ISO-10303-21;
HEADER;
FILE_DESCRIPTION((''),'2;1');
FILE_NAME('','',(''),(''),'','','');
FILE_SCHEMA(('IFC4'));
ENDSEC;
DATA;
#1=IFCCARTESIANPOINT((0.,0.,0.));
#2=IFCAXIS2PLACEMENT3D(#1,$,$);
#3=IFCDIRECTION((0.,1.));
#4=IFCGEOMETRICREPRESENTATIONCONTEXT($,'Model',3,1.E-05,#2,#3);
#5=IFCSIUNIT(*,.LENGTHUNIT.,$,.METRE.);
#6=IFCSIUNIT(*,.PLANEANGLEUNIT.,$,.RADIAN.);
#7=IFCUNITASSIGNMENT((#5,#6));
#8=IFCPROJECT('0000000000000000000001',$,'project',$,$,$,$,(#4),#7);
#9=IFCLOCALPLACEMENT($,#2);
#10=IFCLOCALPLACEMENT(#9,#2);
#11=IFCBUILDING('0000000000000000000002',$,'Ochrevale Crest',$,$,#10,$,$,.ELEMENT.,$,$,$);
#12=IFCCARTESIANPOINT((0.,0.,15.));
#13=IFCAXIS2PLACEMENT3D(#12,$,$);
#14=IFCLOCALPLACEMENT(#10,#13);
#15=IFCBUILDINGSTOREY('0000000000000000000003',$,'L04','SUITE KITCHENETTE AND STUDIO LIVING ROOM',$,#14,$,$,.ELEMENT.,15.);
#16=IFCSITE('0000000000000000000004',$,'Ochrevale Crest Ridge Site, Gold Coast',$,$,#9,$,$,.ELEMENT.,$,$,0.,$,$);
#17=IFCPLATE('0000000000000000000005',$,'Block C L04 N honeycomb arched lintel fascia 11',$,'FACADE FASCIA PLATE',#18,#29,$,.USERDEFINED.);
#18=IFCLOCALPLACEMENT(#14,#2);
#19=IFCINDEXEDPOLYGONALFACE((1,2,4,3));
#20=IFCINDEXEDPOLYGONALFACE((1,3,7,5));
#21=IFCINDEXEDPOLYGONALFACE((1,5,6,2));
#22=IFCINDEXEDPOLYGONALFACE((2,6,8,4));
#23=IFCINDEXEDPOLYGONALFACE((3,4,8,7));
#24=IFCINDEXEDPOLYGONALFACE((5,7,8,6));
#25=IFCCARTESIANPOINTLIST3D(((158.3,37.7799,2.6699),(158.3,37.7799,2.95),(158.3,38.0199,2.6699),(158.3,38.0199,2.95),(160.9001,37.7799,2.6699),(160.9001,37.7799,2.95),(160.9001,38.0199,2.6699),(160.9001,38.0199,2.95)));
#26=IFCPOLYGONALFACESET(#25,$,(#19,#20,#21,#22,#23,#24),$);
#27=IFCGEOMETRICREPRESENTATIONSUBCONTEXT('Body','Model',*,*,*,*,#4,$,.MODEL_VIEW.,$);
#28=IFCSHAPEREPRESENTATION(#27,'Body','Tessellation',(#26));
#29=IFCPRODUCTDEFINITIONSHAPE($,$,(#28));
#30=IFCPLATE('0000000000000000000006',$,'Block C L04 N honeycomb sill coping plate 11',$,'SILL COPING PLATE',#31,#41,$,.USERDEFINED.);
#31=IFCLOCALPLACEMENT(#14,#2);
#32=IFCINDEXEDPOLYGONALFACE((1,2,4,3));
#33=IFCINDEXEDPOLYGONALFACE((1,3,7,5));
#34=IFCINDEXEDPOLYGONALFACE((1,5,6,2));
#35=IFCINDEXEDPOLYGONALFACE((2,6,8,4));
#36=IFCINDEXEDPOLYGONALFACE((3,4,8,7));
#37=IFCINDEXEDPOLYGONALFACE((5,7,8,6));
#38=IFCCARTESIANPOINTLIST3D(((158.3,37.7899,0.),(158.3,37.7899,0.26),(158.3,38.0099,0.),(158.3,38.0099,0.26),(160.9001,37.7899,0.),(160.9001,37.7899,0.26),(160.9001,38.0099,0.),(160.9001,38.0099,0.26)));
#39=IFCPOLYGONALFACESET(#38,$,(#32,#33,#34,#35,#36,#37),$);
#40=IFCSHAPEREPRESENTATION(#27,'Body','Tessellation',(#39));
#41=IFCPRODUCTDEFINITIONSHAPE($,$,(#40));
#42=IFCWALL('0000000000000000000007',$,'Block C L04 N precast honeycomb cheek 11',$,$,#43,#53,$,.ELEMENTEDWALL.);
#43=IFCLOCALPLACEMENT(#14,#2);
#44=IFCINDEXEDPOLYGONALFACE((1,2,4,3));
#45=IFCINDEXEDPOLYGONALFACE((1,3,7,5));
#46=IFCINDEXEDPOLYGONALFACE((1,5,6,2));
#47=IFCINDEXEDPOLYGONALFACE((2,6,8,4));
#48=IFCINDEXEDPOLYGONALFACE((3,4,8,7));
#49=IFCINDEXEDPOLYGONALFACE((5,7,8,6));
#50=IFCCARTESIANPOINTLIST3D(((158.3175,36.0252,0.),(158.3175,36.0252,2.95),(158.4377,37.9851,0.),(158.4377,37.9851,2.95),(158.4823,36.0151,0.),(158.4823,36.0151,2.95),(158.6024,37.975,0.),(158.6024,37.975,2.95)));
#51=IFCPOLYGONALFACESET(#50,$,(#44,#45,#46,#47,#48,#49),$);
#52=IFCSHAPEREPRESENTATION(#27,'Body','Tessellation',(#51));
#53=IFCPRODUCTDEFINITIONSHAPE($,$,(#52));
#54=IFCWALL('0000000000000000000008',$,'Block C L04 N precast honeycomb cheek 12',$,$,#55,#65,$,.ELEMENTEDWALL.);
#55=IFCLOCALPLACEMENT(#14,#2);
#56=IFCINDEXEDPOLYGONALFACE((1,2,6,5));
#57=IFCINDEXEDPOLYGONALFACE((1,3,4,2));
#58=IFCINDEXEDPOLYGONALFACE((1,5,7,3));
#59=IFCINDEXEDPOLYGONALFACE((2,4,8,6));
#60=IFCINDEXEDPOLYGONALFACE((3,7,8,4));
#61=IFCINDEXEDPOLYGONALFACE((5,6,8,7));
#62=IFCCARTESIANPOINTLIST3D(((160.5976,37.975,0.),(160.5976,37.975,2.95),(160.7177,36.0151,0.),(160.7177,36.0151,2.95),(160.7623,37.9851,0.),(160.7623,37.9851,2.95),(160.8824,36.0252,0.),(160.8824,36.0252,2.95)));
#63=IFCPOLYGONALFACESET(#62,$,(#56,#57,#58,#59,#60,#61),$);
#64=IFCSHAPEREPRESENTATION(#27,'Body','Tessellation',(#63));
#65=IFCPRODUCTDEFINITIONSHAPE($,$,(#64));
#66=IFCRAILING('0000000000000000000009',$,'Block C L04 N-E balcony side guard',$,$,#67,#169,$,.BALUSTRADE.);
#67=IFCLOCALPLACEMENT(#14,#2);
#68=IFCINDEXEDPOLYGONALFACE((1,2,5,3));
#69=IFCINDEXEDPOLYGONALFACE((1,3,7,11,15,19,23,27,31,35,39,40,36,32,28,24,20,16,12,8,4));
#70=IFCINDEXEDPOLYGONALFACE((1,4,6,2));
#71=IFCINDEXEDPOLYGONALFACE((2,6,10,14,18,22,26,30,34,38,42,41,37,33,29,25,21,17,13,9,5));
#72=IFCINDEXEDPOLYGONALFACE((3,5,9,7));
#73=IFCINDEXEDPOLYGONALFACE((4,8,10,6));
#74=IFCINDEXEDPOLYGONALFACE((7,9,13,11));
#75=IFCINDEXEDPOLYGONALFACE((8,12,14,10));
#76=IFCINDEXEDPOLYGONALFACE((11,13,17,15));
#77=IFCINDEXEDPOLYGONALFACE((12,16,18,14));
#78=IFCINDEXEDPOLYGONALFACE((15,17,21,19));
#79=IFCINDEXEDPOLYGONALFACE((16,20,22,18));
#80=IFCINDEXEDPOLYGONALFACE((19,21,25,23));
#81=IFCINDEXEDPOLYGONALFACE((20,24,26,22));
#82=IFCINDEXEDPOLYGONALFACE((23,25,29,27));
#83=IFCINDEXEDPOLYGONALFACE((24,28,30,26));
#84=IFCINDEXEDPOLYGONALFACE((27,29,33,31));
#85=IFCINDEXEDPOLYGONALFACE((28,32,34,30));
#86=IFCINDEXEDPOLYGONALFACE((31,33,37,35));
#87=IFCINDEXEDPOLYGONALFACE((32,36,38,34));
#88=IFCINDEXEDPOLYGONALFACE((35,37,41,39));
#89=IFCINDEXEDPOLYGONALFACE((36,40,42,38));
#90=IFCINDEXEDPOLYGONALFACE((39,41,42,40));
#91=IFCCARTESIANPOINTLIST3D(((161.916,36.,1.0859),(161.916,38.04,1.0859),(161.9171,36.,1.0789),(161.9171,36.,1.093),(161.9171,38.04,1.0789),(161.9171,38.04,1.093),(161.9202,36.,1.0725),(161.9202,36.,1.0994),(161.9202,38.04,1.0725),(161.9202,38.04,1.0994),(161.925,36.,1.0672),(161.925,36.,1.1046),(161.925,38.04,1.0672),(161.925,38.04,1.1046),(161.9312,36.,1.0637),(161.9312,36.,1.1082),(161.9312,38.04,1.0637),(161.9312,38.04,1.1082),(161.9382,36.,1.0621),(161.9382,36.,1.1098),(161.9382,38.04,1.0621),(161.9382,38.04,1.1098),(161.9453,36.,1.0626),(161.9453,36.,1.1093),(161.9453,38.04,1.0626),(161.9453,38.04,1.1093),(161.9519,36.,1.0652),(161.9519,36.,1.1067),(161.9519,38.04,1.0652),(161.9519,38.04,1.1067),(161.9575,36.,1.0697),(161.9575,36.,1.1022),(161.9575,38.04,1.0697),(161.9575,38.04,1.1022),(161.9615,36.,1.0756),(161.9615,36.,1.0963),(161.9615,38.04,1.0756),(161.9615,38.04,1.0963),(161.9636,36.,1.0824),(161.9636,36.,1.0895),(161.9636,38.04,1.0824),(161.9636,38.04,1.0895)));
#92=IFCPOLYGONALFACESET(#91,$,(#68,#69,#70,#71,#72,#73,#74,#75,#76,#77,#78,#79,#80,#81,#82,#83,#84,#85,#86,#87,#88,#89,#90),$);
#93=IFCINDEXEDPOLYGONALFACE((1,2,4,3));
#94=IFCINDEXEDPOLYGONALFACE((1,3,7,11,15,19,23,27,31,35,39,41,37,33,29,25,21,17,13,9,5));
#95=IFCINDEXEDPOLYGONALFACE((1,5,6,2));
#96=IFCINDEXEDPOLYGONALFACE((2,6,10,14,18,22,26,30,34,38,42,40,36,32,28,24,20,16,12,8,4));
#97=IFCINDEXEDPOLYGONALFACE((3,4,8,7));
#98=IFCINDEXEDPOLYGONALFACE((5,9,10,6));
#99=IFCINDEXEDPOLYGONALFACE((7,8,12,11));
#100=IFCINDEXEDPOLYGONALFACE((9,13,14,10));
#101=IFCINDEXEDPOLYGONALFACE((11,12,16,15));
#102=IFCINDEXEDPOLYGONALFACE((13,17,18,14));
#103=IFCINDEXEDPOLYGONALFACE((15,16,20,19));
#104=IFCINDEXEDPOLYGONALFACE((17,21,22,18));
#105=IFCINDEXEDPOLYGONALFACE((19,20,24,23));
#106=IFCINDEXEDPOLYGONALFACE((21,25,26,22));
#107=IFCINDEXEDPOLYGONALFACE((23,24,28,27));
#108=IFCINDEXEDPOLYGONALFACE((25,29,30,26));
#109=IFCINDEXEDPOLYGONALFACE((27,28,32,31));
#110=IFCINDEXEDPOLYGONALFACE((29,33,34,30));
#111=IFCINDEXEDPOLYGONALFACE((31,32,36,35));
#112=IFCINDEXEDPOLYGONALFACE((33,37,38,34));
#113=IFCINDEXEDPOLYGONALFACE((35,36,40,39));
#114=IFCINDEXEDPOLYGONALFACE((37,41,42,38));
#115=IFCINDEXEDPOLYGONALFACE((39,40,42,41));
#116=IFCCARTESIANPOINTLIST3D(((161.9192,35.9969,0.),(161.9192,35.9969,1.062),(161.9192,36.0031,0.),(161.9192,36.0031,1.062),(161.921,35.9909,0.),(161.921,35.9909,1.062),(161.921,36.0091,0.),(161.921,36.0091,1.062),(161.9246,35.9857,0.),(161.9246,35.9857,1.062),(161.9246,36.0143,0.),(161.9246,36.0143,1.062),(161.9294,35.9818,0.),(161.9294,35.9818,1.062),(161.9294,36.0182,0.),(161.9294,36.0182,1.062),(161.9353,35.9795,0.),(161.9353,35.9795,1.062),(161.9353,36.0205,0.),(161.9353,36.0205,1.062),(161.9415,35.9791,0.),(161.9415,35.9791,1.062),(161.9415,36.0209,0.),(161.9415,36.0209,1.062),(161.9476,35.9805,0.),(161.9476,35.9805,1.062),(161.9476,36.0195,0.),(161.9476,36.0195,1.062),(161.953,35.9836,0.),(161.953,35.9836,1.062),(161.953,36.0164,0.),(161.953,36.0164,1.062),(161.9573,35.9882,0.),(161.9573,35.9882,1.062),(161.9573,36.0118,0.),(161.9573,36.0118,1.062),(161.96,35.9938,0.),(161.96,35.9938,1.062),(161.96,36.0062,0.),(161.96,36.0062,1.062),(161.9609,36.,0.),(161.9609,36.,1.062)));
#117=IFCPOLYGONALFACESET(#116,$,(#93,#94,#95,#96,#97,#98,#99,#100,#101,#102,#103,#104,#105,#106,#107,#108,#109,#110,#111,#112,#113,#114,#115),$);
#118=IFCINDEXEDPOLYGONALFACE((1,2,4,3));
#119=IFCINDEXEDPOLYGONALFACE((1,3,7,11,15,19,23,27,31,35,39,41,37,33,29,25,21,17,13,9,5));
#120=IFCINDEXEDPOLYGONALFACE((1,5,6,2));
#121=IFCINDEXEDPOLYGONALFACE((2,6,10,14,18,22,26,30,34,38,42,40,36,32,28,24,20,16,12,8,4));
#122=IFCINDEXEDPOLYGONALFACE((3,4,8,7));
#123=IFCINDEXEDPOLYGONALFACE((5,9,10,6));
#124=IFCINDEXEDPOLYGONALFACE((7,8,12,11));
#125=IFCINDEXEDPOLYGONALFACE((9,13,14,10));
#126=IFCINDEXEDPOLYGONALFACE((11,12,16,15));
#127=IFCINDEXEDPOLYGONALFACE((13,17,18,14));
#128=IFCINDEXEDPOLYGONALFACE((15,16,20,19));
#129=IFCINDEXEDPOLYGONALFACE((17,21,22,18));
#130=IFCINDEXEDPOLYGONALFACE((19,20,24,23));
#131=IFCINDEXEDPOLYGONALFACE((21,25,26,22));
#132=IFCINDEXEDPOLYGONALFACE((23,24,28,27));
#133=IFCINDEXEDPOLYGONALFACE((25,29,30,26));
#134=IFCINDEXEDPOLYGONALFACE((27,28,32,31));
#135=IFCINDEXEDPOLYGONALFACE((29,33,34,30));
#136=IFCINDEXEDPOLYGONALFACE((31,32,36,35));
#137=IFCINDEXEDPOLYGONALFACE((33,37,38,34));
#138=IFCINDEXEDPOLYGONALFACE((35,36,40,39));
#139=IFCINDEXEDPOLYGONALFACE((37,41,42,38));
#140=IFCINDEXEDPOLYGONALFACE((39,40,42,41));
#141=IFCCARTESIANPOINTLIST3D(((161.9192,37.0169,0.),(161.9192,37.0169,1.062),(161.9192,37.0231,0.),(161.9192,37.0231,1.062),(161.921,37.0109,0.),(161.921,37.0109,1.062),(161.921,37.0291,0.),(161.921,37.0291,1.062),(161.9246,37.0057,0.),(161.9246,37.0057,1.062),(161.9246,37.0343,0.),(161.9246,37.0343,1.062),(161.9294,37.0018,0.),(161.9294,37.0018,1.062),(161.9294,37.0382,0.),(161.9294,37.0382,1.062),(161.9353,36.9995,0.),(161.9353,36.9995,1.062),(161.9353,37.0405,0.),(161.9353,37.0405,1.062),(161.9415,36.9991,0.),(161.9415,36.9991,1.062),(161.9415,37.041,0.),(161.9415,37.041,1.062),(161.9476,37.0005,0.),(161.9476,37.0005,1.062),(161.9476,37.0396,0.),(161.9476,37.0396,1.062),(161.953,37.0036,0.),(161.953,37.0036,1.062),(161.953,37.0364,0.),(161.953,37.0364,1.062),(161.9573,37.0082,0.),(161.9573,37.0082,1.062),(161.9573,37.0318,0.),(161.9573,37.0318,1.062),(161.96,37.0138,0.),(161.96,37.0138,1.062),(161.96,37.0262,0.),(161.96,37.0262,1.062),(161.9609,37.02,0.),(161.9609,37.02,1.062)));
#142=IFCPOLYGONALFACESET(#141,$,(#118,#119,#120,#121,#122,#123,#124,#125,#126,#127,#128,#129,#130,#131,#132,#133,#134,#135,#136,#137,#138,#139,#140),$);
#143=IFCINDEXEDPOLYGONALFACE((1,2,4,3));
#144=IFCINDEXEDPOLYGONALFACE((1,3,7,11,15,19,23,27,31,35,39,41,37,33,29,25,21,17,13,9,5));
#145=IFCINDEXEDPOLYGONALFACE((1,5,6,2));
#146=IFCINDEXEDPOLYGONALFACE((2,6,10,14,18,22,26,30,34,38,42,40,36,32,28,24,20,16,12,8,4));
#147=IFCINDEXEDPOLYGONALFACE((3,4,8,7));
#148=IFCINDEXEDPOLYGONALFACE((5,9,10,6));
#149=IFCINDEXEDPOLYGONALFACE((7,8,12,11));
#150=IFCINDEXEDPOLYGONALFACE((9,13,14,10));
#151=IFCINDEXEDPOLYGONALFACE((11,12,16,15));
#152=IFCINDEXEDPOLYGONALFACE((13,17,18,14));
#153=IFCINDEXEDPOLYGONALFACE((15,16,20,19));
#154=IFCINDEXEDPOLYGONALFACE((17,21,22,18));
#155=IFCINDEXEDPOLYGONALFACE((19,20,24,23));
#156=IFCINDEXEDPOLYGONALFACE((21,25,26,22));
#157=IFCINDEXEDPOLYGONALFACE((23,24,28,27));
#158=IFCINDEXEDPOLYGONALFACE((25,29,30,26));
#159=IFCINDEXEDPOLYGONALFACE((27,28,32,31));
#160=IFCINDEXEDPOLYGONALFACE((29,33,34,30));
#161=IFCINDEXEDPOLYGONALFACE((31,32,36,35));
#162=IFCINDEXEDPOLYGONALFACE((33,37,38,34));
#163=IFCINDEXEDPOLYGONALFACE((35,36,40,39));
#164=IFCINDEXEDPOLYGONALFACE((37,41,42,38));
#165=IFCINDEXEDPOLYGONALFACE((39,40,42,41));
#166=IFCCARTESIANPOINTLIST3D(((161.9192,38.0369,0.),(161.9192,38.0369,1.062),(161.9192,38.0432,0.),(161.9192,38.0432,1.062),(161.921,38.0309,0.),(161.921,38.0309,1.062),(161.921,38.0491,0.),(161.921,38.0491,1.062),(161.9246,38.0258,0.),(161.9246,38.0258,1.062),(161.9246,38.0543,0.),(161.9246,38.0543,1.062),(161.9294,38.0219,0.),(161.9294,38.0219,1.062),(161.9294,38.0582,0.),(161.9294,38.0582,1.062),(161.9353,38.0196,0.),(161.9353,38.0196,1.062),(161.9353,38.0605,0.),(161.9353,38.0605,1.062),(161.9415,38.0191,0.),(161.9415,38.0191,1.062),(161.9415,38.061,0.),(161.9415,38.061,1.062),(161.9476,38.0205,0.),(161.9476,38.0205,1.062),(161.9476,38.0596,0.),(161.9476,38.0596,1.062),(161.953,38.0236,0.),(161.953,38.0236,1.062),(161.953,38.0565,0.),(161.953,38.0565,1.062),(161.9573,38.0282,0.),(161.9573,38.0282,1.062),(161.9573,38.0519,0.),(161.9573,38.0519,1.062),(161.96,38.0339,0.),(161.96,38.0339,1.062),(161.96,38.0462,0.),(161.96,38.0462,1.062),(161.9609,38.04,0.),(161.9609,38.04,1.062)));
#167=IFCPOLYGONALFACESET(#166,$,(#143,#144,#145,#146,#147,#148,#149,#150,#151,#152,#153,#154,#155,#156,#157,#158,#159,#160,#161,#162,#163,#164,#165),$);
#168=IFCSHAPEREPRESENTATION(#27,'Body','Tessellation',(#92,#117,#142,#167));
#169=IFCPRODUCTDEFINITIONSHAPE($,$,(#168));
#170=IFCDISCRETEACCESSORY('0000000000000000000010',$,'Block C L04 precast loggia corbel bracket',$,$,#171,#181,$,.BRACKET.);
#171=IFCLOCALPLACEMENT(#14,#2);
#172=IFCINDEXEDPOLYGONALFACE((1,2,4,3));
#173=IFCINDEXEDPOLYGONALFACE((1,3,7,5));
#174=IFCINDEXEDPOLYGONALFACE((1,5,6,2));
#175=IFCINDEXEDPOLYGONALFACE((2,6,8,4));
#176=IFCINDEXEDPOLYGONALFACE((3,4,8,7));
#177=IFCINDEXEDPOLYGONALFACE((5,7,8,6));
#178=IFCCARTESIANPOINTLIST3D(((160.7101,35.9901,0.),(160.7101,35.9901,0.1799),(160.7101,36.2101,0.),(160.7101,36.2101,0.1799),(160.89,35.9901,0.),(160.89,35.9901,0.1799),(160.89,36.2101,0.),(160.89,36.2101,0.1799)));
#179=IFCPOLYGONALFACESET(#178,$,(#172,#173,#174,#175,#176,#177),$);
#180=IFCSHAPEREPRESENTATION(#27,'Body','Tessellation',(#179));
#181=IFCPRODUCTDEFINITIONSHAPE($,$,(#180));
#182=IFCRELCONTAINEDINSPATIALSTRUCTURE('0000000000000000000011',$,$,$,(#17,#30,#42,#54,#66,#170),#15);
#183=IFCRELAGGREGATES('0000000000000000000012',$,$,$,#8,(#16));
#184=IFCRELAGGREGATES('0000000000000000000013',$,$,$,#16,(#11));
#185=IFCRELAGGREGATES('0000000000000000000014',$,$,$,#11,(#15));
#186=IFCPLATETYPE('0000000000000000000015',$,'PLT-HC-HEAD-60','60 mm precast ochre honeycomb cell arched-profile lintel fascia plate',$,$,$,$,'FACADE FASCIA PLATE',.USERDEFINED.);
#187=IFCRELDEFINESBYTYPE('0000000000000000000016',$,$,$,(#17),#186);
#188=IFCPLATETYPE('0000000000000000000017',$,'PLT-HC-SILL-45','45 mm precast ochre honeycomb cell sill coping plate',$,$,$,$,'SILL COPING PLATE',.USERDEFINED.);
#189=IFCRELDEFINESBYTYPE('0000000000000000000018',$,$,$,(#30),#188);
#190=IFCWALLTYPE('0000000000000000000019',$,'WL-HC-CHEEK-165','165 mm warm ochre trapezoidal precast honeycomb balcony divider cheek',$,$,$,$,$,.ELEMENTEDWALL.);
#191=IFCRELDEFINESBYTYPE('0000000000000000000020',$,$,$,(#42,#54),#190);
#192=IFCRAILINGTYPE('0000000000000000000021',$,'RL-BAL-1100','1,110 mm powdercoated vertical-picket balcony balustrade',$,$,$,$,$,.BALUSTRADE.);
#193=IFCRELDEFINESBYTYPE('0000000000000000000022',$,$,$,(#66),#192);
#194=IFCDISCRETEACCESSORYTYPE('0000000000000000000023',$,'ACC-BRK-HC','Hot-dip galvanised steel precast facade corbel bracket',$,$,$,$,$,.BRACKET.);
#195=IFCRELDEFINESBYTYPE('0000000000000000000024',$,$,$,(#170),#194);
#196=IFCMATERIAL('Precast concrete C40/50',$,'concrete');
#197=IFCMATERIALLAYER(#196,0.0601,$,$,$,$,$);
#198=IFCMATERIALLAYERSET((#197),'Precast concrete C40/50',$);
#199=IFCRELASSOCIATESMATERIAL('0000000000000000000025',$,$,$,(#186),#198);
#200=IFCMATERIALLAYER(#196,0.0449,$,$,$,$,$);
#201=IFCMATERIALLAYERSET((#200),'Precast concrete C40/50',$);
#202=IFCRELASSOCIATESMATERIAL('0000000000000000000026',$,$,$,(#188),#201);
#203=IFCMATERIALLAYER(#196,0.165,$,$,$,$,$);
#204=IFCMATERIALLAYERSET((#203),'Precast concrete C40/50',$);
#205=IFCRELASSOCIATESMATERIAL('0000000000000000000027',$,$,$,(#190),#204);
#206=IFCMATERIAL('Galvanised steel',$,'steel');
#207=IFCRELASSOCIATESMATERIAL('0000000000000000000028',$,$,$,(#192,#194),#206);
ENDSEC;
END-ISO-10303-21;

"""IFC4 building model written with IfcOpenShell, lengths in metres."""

from ifc_helpers import new_model, si_unit, direction, frame, frame_2d, origin, origin_2d, place, context, subcontext, project, spatial, rectangle, circle, extrude, material, layer, layer_set, type_object, element, save


model = new_model("IFC4")

# Units and contexts
model_context = context("Model", 3, precision=1e-05, world=origin(), true_north=direction((0.0, 1.0)))
body_context = subcontext(model_context, "Body", "Model", "MODEL_VIEW")
ifc_project = project(units=[si_unit("LENGTHUNIT", "METRE"), si_unit("PLANEANGLEUNIT", "RADIAN")], contexts=[model_context])

# Site, building, storey
site_placement = place(None, origin())
site = spatial("IfcSite", under=ifc_project, at=site_placement, Name="Ochrevale Crest Ridge Site, Gold Coast", CompositionType="ELEMENT", RefElevation=0.0)
building_placement = place(site_placement, origin())
building = spatial("IfcBuilding", under=site, at=building_placement, Name="Ochrevale Crest", CompositionType="ELEMENT")
storey_placement = place(building_placement, frame((0.0, 0.0, 15.0)))
storey = spatial("IfcBuildingStorey", under=building, at=storey_placement, Name="L04", Description="SUITE KITCHENETTE AND STUDIO LIVING ROOM", CompositionType="ELEMENT", Elevation=15.0)

# Plates
ifc_material_1 = material(Name="Precast concrete C40/50", Category="concrete")
ifc_layer_1 = layer(ifc_material_1, 0.0601)
ifc_layer_set_1 = layer_set([ifc_layer_1], Name="Precast concrete C40/50")
plate_type_1 = type_object("IfcPlateType", Name="PLT-HC-HEAD-60", Description="60 mm precast ochre honeycomb cell arched-profile lintel fascia plate", ElementType="FACADE FASCIA PLATE", PredefinedType="USERDEFINED", material=ifc_layer_set_1)
plate_1_placement = place(storey_placement, frame((159.6001, 37.8999, 2.6699), z_axis=(0.0, 0.0, 1.0), x_axis=(1.0, 0.0, 0.0)))
element("IfcPlate", 1, at=plate_1_placement, inside=storey, type_object=plate_type_1, Name="Block C L04 N honeycomb arched lintel fascia 11", ObjectType="FACADE FASCIA PLATE", PredefinedType="USERDEFINED", context=body_context, shape_type="SweptSolid", body=[
    extrude(rectangle(XDim=2.6001, YDim=0.24, at=origin_2d()), origin(), (0.0, 0.0, 1.0), 0.28),
])
ifc_layer_2 = layer(ifc_material_1, 0.0449)
ifc_layer_set_2 = layer_set([ifc_layer_2], Name="Precast concrete C40/50")
plate_type_2 = type_object("IfcPlateType", Name="PLT-HC-SILL-45", Description="45 mm precast ochre honeycomb cell sill coping plate", ElementType="SILL COPING PLATE", PredefinedType="USERDEFINED", material=ifc_layer_set_2)
plate_2_placement = place(storey_placement, frame((159.6001, 37.8999, 0.0), z_axis=(0.0, 0.0, 1.0), x_axis=(1.0, 0.0, 0.0)))
element("IfcPlate", 2, at=plate_2_placement, inside=storey, type_object=plate_type_2, Name="Block C L04 N honeycomb sill coping plate 11", ObjectType="SILL COPING PLATE", PredefinedType="USERDEFINED", context=body_context, shape_type="SweptSolid", body=[
    extrude(rectangle(XDim=2.6001, YDim=0.22, at=origin_2d()), origin(), (0.0, 0.0, 1.0), 0.26),
])

# Walls
ifc_layer_3 = layer(ifc_material_1, 0.165)
ifc_layer_set_3 = layer_set([ifc_layer_3], Name="Precast concrete C40/50")
wall_type_1 = type_object("IfcWallType", Name="WL-HC-CHEEK-165", Description="165 mm warm ochre trapezoidal precast honeycomb balcony divider cheek", PredefinedType="ELEMENTEDWALL", material=ifc_layer_set_3)
for number, where, z_axis, x_axis, name in (
    (3, (158.3999, 36.02, 0.0), (0.0, 0.0, 1.0), (0.061171, 0.998127, 0.0), "Block C L04 N precast honeycomb cheek 11"),
    (4, (160.8, 36.02, 0.0), (0.0, 0.0, 1.0), (-0.061171, 0.998127, 0.0), "Block C L04 N precast honeycomb cheek 12"),
):
    element("IfcWall", number, at=place(storey_placement, frame(where, z_axis=z_axis, x_axis=x_axis)), inside=storey, type_object=wall_type_1, Name=name, PredefinedType="ELEMENTEDWALL", context=body_context, shape_type="SweptSolid", body=[
        extrude(rectangle(XDim=1.9636, YDim=0.165, at=frame_2d((0.9819, 0.0))), origin(), (0.0, 0.0, 1.0), 2.95),
    ])

# Railing
ifc_material_2 = material(Name="Galvanised steel", Category="steel")
railing_type = type_object("IfcRailingType", Name="RL-BAL-1100", Description="1,110 mm powdercoated vertical-picket balcony balustrade", PredefinedType="BALUSTRADE", material=ifc_material_2)
railing_placement = place(storey_placement, frame((161.9399, 36.0, 0.0)))
element("IfcRailing", 5, at=railing_placement, inside=storey, type_object=railing_type, Name="Block C L04 N-E balcony side guard", PredefinedType="BALUSTRADE", context=body_context, shape_type="SweptSolid", body=[
    extrude(circle(Radius=0.0239, at=origin_2d()), frame((0.0, 0.0, 1.0859), z_axis=(0.0, 1.0, 0.0), x_axis=(-1.0, 0.0, 0.0)), (0.0, 0.0, 1.0), 2.04),
    extrude(circle(Radius=0.021, at=origin_2d()), origin(), (0.0, 0.0, 1.0), 1.062),
    extrude(circle(Radius=0.021, at=origin_2d()), frame((0.0, 1.02, 0.0)), (0.0, 0.0, 1.0), 1.062),
    extrude(circle(Radius=0.021, at=origin_2d()), frame((0.0, 2.04, 0.0)), (0.0, 0.0, 1.0), 1.062),
])

# Discrete accessory
discrete_accessory_type = type_object("IfcDiscreteAccessoryType", Name="ACC-BRK-HC", Description="Hot-dip galvanised steel precast facade corbel bracket", PredefinedType="BRACKET", material=ifc_material_2)
discrete_accessory_placement = place(storey_placement, frame((160.8, 36.1001, 0.0), z_axis=(0.0, 0.0, 1.0), x_axis=(1.0, 0.0, 0.0)))
element("IfcDiscreteAccessory", 6, at=discrete_accessory_placement, inside=storey, type_object=discrete_accessory_type, Name="Block C L04 precast loggia corbel bracket", PredefinedType="BRACKET", context=body_context, shape_type="SweptSolid", body=[
    extrude(rectangle(XDim=0.1799, YDim=0.22, at=origin_2d()), origin(), (0.0, 0.0, 1.0), 0.1799),
])

save(model, "model.ifc")
